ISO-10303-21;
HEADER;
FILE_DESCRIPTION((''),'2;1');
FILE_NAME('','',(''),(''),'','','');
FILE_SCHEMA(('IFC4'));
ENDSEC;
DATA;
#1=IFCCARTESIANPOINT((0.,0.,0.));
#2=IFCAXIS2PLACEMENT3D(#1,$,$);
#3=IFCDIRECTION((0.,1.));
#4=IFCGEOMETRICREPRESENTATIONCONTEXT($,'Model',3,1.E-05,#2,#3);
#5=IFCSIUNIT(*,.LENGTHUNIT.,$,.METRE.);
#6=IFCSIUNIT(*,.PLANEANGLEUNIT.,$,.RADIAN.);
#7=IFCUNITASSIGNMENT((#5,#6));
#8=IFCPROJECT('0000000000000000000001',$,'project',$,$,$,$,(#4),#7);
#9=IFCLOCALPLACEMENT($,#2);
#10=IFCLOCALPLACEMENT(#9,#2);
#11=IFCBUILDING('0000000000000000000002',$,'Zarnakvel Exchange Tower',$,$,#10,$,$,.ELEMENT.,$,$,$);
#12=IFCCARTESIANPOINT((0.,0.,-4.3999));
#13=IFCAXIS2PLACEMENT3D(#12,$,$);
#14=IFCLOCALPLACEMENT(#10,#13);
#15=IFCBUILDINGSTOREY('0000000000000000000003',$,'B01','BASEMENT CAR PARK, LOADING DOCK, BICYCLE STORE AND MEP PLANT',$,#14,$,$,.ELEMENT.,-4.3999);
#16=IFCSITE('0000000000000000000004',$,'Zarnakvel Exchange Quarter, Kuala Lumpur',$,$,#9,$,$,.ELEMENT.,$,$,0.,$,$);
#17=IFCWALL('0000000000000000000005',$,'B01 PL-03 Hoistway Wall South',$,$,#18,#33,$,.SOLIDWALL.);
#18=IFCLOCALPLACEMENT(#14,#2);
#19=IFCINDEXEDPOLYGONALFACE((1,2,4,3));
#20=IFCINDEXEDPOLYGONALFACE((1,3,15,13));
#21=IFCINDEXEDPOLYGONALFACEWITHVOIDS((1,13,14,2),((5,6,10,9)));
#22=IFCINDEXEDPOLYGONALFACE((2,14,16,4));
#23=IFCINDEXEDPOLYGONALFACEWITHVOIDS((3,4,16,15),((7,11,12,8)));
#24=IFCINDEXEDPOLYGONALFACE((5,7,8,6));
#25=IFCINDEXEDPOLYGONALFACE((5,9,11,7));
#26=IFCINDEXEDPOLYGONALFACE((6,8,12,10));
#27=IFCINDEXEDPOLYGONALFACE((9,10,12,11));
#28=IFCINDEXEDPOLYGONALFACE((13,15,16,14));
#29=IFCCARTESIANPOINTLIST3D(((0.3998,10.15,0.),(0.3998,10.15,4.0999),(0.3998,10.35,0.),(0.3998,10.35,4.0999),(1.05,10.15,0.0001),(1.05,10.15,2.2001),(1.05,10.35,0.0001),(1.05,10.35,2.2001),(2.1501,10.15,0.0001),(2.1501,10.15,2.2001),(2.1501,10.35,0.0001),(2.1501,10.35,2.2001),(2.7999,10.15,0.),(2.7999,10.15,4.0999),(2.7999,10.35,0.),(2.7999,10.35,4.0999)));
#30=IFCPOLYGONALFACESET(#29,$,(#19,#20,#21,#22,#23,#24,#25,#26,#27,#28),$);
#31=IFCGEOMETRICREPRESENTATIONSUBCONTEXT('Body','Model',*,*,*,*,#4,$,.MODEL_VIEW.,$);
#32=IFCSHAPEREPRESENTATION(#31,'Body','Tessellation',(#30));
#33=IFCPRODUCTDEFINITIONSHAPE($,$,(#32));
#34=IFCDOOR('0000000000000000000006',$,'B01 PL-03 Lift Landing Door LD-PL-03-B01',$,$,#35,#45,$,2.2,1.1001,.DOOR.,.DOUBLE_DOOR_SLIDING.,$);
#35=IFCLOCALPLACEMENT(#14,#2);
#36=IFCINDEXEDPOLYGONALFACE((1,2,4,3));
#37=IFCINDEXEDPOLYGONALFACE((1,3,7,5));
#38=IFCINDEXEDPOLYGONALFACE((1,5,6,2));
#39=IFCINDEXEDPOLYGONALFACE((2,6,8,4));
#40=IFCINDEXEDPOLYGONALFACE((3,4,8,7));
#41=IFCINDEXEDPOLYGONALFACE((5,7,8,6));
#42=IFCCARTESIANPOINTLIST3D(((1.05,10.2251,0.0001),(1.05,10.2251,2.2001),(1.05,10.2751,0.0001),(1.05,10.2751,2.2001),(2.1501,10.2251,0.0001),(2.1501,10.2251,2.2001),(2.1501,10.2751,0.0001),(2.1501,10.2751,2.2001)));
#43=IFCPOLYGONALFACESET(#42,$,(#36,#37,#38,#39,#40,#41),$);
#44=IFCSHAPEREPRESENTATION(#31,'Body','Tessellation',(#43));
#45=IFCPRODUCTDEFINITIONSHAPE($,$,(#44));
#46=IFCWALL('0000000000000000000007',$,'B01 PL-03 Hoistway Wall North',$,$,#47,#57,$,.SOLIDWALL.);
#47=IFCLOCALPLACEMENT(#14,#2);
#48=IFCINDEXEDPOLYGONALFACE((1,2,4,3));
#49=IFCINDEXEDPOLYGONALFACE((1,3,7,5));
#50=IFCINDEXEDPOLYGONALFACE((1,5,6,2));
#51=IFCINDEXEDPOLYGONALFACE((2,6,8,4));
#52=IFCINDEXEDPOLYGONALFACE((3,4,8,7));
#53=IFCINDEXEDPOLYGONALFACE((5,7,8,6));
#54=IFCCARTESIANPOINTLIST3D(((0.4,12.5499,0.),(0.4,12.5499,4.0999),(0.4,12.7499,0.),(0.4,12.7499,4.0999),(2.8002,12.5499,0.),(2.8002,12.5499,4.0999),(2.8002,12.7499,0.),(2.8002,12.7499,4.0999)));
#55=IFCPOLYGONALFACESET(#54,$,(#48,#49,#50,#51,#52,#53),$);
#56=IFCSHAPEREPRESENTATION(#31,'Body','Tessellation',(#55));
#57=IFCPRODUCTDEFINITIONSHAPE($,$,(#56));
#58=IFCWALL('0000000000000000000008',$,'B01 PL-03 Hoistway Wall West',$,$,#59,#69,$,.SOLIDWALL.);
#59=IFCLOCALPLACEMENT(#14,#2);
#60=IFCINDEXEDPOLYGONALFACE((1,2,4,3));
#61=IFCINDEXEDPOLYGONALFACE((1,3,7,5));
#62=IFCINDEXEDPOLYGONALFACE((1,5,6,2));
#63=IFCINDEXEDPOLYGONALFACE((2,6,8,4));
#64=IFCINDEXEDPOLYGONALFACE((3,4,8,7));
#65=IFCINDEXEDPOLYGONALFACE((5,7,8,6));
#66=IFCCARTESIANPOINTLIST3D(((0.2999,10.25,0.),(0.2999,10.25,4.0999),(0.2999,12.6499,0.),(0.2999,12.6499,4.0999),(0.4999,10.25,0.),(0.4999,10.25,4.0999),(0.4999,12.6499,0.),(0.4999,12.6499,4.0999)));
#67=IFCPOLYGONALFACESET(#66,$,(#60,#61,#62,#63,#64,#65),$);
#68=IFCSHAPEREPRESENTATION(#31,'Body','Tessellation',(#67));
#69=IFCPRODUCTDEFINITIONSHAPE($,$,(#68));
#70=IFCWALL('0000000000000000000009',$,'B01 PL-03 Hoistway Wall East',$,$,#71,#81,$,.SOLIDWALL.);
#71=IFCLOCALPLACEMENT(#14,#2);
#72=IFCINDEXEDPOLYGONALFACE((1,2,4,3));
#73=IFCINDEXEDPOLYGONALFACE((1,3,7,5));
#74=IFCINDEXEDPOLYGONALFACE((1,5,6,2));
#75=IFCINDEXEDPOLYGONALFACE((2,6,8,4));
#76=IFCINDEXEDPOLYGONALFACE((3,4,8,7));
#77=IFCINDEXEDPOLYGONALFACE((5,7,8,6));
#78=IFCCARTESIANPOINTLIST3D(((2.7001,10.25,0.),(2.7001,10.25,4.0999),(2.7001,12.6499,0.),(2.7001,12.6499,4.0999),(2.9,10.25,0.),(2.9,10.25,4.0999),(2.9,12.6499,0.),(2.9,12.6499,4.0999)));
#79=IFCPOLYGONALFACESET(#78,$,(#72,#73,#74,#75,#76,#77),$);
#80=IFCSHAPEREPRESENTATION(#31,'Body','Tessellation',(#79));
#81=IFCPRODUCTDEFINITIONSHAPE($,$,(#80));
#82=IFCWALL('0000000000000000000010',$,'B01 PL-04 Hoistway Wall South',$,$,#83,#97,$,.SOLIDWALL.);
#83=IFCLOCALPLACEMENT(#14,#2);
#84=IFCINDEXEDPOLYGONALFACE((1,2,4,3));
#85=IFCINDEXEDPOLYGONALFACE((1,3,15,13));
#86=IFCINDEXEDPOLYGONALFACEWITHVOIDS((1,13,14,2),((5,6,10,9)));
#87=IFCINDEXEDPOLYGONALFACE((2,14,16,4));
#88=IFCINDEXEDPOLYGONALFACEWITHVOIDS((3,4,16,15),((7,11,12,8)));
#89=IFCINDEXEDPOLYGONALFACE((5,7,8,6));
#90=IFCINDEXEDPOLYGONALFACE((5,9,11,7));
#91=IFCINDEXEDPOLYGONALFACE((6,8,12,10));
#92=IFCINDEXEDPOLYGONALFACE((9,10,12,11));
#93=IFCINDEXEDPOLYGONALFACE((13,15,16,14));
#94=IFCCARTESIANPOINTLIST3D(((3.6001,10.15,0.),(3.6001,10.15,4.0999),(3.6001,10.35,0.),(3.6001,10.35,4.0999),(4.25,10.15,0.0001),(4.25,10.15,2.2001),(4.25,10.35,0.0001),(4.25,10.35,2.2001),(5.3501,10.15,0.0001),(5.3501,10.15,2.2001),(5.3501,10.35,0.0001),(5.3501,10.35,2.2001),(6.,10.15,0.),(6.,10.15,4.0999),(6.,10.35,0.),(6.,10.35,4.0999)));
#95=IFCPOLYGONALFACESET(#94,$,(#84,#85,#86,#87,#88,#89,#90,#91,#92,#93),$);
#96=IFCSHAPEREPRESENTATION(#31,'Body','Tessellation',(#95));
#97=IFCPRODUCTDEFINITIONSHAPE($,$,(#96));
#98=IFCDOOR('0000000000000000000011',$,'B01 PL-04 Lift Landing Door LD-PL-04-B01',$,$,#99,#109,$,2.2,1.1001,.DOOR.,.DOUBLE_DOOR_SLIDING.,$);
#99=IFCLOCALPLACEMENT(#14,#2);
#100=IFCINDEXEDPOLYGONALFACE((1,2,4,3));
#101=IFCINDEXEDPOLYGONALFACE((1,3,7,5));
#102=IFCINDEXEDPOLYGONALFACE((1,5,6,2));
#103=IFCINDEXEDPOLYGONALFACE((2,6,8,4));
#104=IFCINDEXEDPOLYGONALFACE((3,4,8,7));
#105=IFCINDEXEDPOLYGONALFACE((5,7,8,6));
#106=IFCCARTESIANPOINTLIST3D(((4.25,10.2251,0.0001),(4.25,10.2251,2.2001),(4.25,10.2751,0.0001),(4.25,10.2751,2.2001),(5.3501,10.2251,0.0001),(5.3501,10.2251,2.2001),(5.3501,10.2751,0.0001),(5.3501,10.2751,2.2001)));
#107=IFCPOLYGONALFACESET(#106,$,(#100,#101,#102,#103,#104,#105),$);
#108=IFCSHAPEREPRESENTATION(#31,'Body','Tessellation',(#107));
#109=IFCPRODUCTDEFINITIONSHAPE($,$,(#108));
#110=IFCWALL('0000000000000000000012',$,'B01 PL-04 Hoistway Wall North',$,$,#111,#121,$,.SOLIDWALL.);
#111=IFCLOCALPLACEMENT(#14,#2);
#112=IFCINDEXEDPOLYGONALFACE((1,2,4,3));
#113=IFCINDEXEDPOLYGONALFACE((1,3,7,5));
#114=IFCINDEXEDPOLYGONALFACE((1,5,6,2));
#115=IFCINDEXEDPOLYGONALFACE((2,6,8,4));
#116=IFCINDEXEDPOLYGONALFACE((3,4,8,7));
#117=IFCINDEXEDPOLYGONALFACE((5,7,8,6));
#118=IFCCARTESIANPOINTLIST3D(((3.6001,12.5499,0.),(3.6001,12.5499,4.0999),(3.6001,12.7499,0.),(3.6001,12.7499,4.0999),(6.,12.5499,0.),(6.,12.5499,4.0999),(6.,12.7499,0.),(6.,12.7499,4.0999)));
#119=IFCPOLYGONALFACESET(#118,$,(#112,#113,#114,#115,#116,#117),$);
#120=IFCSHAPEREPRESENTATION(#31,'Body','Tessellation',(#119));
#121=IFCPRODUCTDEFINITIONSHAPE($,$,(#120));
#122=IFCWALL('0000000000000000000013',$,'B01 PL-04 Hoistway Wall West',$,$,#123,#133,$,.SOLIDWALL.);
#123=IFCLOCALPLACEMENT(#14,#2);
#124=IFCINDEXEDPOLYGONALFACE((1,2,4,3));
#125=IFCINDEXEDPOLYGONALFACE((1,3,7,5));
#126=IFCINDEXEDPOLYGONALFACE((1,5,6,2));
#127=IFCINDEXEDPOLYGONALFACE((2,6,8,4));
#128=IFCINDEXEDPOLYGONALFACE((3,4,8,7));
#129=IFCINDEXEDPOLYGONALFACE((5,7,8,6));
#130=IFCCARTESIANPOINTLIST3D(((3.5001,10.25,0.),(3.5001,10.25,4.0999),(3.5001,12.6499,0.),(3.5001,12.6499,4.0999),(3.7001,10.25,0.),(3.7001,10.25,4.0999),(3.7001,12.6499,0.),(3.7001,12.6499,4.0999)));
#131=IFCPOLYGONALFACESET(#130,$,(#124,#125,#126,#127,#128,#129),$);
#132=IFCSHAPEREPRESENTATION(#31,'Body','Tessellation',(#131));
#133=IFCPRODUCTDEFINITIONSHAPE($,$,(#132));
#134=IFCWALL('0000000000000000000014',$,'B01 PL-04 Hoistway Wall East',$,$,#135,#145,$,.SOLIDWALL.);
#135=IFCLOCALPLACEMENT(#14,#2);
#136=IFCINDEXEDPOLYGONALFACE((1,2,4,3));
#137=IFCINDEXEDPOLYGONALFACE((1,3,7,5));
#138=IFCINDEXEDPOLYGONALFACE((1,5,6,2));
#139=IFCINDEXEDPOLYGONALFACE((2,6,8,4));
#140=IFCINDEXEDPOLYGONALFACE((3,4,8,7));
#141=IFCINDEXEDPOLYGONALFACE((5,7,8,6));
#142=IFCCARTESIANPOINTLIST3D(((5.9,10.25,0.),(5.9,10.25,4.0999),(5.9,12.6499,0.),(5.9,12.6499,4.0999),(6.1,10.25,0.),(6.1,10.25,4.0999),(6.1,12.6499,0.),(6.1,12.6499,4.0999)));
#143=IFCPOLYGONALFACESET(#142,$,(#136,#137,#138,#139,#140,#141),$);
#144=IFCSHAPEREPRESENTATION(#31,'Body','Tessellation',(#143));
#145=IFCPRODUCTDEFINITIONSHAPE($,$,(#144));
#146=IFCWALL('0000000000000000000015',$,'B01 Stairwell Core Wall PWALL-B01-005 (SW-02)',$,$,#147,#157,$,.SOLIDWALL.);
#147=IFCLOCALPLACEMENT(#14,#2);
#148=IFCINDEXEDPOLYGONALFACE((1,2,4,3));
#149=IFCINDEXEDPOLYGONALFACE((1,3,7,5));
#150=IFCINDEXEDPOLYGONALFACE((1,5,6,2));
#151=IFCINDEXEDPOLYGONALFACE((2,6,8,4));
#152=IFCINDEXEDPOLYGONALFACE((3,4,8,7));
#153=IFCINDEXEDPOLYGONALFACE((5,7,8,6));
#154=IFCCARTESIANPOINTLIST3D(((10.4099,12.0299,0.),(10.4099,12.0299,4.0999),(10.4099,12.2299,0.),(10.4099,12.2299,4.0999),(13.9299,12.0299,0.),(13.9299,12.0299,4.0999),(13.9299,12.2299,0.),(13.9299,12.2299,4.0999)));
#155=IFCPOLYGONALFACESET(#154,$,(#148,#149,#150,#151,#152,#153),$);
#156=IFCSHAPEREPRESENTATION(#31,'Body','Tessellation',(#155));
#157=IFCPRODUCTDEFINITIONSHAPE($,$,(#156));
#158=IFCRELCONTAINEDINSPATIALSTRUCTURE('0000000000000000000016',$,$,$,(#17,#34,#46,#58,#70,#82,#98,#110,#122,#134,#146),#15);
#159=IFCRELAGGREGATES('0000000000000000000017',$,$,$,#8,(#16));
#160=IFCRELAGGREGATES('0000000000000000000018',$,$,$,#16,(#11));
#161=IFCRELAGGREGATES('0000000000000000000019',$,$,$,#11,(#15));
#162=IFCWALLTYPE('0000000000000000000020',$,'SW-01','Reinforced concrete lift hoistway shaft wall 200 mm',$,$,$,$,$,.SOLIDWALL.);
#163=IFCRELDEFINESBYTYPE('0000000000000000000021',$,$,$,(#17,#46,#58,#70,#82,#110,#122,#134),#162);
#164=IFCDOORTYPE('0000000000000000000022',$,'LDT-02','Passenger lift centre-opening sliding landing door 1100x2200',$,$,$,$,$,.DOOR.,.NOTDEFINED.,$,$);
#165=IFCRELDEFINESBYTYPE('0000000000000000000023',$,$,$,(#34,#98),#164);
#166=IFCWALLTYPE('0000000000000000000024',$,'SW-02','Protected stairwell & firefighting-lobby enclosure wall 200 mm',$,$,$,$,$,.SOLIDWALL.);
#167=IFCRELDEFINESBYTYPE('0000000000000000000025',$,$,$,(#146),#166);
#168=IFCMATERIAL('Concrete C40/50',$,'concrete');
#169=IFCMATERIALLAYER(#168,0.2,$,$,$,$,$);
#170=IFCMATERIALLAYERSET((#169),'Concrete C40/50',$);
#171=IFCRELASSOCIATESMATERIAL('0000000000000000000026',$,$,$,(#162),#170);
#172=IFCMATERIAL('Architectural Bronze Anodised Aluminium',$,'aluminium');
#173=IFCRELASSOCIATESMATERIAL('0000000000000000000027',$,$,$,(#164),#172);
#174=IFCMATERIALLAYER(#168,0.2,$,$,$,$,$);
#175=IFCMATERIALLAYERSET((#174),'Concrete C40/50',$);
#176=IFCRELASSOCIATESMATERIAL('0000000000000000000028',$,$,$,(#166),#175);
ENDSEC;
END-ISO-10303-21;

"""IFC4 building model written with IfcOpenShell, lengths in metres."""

from ifc_helpers import new_model, si_unit, direction, frame, frame_2d, origin, place, context, subcontext, project, spatial, rectangle, extrude, source, transform, mapped, material, layer, layer_set, type_object, element, fill, save


model = new_model("IFC4")

# Units and contexts
model_context = context("Model", 3, precision=1e-05, world=origin(), true_north=direction((0.0, 1.0)))
body_context = subcontext(model_context, "Body", "Model", "MODEL_VIEW")
ifc_project = project(units=[si_unit("LENGTHUNIT", "METRE"), si_unit("PLANEANGLEUNIT", "RADIAN")], contexts=[model_context])

# Site, building, storey
site_placement = place(None, origin())
site = spatial("IfcSite", under=ifc_project, at=site_placement, Name="Zarnakvel Exchange Quarter, Kuala Lumpur", CompositionType="ELEMENT", RefElevation=0.0)
building_placement = place(site_placement, origin())
building = spatial("IfcBuilding", under=site, at=building_placement, Name="Zarnakvel Exchange Tower", CompositionType="ELEMENT")
storey_placement = place(building_placement, frame((0.0, 0.0, -4.3999)))
storey = spatial("IfcBuildingStorey", under=building, at=storey_placement, Name="B01", Description="BASEMENT CAR PARK, LOADING DOCK, BICYCLE STORE AND MEP PLANT", CompositionType="ELEMENT", Elevation=-4.3999)

# Wall, opening, door
ifc_material_1 = material(Name="Concrete C40/50", Category="concrete")
ifc_layer_1 = layer(ifc_material_1, 0.2)
ifc_layer_set_1 = layer_set([ifc_layer_1], Name="Concrete C40/50")
wall_type_1 = type_object("IfcWallType", Name="SW-01", Description="Reinforced concrete lift hoistway shaft wall 200 mm", PredefinedType="SOLIDWALL", material=ifc_layer_set_1)
wall_1_placement = place(storey_placement, frame((2.8, 10.25, 0.0), z_axis=(0.0, 0.0, 1.0), x_axis=(-1.0, 0.0, 0.0)))
wall_1 = element("IfcWall", 1, at=wall_1_placement, inside=storey, type_object=wall_type_1, Name="B01 PL-03 Hoistway Wall South", PredefinedType="SOLIDWALL", context=body_context, shape_type="SweptSolid", body=[
    extrude(rectangle(XDim=2.4001, YDim=0.2, at=frame_2d((1.2002, 0.0))), origin(), (0.0, 0.0, 1.0), 4.0999),
])
opening_1_placement = place(wall_1_placement, frame((0.6499, 0.0, 0.0)))
opening_1 = element("IfcOpeningElement", 2, at=opening_1_placement, cuts=wall_1, PredefinedType="OPENING", context=body_context, shape_type="SweptSolid", body=[
    extrude(rectangle(XDim=1.1001, YDim=2.2, at=frame_2d((0.55, 1.1001))), frame((0.0, 0.1099, 0.0), z_axis=(0.0, -1.0, 0.0), x_axis=(1.0, 0.0, 0.0)), (0.0, 0.0, 1.0), 0.22),
])
ifc_material_2 = material(Name="Architectural Bronze Anodised Aluminium", Category="aluminium")
door_type_1 = type_object("IfcDoorType", Name="LDT-02", Description="Passenger lift centre-opening sliding landing door 1100x2200", OperationType="NOTDEFINED", PredefinedType="DOOR", material=ifc_material_2)
shared_shape_1 = source(origin(), body_context, "Body", "SweptSolid", [
    extrude(rectangle(XDim=1.1001, YDim=2.2, at=frame_2d((0.55, 1.1001))), frame((0.0, 0.0249, 0.0), z_axis=(0.0, -1.0, 0.0), x_axis=(1.0, 0.0, 0.0)), (0.0, 0.0, 1.0), 0.05),
])
door_1_placement = place(opening_1_placement, origin())
door_1 = element("IfcDoor", 3, at=door_1_placement, inside=storey, type_object=door_type_1, Name="B01 PL-03 Lift Landing Door LD-PL-03-B01", OperationType="DOUBLE_DOOR_SLIDING", OverallHeight=2.2, OverallWidth=1.1001, PredefinedType="DOOR", context=body_context, shape_type="MappedRepresentation", body=[
    mapped(shared_shape_1, transform((0.0, 0.0, 0.0), x_axis=(1.0, 0.0, 0.0), y_axis=(0.0, 1.0, 0.0), z_axis=(0.0, 0.0, 1.0), scale=1.0)),
])
fill(opening_1, door_1)

# Walls
wall_2_placement = place(storey_placement, frame((0.3999, 12.6499, 0.0), z_axis=(0.0, 0.0, 1.0), x_axis=(1.0, 0.0, 0.0)))
element("IfcWall", 4, at=wall_2_placement, inside=storey, type_object=wall_type_1, Name="B01 PL-03 Hoistway Wall North", PredefinedType="SOLIDWALL", context=body_context, shape_type="SweptSolid", body=[
    extrude(rectangle(XDim=2.4001, YDim=0.2, at=frame_2d((1.2002, 0.0))), origin(), (0.0, 0.0, 1.0), 4.0999),
])
for number, where, z_axis, x_axis, name in (
    (5, (0.3999, 10.25, 0.0), (0.0, 0.0, 1.0), (0.0, 1.0, 0.0), "B01 PL-03 Hoistway Wall West"),
    (6, (2.8, 12.6499, 0.0), (0.0, 0.0, 1.0), (0.0, -1.0, 0.0), "B01 PL-03 Hoistway Wall East"),
):
    element("IfcWall", number, at=place(storey_placement, frame(where, z_axis=z_axis, x_axis=x_axis)), inside=storey, type_object=wall_type_1, Name=name, PredefinedType="SOLIDWALL", context=body_context, shape_type="SweptSolid", body=[
        extrude(rectangle(XDim=2.3999, YDim=0.2, at=frame_2d((1.2, 0.0))), origin(), (0.0, 0.0, 1.0), 4.0999),
    ])

# Wall, opening, door
wall_3_placement = place(storey_placement, frame((6.0, 10.25, 0.0), z_axis=(0.0, 0.0, 1.0), x_axis=(-1.0, 0.0, 0.0)))
wall_3 = element("IfcWall", 7, at=wall_3_placement, inside=storey, type_object=wall_type_1, Name="B01 PL-04 Hoistway Wall South", PredefinedType="SOLIDWALL", context=body_context, shape_type="SweptSolid", body=[
    extrude(rectangle(XDim=2.3999, YDim=0.2, at=frame_2d((1.2, 0.0))), origin(), (0.0, 0.0, 1.0), 4.0999),
])
opening_2_placement = place(wall_3_placement, frame((0.6499, 0.0, 0.0)))
opening_2 = element("IfcOpeningElement", 8, at=opening_2_placement, cuts=wall_3, PredefinedType="OPENING", context=body_context, shape_type="SweptSolid", body=[
    extrude(rectangle(XDim=1.1001, YDim=2.2, at=frame_2d((0.55, 1.1001))), frame((0.0, 0.1099, 0.0), z_axis=(0.0, -1.0, 0.0), x_axis=(1.0, 0.0, 0.0)), (0.0, 0.0, 1.0), 0.22),
])
door_2_placement = place(opening_2_placement, origin())
door_2 = element("IfcDoor", 9, at=door_2_placement, inside=storey, type_object=door_type_1, Name="B01 PL-04 Lift Landing Door LD-PL-04-B01", OperationType="DOUBLE_DOOR_SLIDING", OverallHeight=2.2, OverallWidth=1.1001, PredefinedType="DOOR", context=body_context, shape_type="MappedRepresentation", body=[
    mapped(shared_shape_1, transform((0.0, 0.0, 0.0), x_axis=(1.0, 0.0, 0.0), y_axis=(0.0, 1.0, 0.0), z_axis=(0.0, 0.0, 1.0), scale=1.0)),
])
fill(opening_2, door_2)

# Walls
for number, where, z_axis, x_axis, name in (
    (10, (3.6001, 12.6499, 0.0), (0.0, 0.0, 1.0), (1.0, 0.0, 0.0), "B01 PL-04 Hoistway Wall North"),
    (11, (3.6001, 10.25, 0.0), (0.0, 0.0, 1.0), (0.0, 1.0, 0.0), "B01 PL-04 Hoistway Wall West"),
    (12, (6.0, 12.6499, 0.0), (0.0, 0.0, 1.0), (0.0, -1.0, 0.0), "B01 PL-04 Hoistway Wall East"),
):
    element("IfcWall", number, at=place(storey_placement, frame(where, z_axis=z_axis, x_axis=x_axis)), inside=storey, type_object=wall_type_1, Name=name, PredefinedType="SOLIDWALL", context=body_context, shape_type="SweptSolid", body=[
        extrude(rectangle(XDim=2.3999, YDim=0.2, at=frame_2d((1.2, 0.0))), origin(), (0.0, 0.0, 1.0), 4.0999),
    ])
ifc_layer_2 = layer(ifc_material_1, 0.2)
ifc_layer_set_2 = layer_set([ifc_layer_2], Name="Concrete C40/50")
wall_type_2 = type_object("IfcWallType", Name="SW-02", Description="Protected stairwell & firefighting-lobby enclosure wall 200 mm", PredefinedType="SOLIDWALL", material=ifc_layer_set_2)
wall_4_placement = place(storey_placement, frame((10.4099, 12.1299, 0.0), z_axis=(0.0, 0.0, 1.0), x_axis=(1.0, 0.0, 0.0)))
element("IfcWall", 13, at=wall_4_placement, inside=storey, type_object=wall_type_2, Name="B01 Stairwell Core Wall PWALL-B01-005 (SW-02)", PredefinedType="SOLIDWALL", context=body_context, shape_type="SweptSolid", body=[
    extrude(rectangle(XDim=3.52, YDim=0.2, at=frame_2d((1.76, 0.0))), origin(), (0.0, 0.0, 1.0), 4.0999),
])

save(model, "model.ifc")
